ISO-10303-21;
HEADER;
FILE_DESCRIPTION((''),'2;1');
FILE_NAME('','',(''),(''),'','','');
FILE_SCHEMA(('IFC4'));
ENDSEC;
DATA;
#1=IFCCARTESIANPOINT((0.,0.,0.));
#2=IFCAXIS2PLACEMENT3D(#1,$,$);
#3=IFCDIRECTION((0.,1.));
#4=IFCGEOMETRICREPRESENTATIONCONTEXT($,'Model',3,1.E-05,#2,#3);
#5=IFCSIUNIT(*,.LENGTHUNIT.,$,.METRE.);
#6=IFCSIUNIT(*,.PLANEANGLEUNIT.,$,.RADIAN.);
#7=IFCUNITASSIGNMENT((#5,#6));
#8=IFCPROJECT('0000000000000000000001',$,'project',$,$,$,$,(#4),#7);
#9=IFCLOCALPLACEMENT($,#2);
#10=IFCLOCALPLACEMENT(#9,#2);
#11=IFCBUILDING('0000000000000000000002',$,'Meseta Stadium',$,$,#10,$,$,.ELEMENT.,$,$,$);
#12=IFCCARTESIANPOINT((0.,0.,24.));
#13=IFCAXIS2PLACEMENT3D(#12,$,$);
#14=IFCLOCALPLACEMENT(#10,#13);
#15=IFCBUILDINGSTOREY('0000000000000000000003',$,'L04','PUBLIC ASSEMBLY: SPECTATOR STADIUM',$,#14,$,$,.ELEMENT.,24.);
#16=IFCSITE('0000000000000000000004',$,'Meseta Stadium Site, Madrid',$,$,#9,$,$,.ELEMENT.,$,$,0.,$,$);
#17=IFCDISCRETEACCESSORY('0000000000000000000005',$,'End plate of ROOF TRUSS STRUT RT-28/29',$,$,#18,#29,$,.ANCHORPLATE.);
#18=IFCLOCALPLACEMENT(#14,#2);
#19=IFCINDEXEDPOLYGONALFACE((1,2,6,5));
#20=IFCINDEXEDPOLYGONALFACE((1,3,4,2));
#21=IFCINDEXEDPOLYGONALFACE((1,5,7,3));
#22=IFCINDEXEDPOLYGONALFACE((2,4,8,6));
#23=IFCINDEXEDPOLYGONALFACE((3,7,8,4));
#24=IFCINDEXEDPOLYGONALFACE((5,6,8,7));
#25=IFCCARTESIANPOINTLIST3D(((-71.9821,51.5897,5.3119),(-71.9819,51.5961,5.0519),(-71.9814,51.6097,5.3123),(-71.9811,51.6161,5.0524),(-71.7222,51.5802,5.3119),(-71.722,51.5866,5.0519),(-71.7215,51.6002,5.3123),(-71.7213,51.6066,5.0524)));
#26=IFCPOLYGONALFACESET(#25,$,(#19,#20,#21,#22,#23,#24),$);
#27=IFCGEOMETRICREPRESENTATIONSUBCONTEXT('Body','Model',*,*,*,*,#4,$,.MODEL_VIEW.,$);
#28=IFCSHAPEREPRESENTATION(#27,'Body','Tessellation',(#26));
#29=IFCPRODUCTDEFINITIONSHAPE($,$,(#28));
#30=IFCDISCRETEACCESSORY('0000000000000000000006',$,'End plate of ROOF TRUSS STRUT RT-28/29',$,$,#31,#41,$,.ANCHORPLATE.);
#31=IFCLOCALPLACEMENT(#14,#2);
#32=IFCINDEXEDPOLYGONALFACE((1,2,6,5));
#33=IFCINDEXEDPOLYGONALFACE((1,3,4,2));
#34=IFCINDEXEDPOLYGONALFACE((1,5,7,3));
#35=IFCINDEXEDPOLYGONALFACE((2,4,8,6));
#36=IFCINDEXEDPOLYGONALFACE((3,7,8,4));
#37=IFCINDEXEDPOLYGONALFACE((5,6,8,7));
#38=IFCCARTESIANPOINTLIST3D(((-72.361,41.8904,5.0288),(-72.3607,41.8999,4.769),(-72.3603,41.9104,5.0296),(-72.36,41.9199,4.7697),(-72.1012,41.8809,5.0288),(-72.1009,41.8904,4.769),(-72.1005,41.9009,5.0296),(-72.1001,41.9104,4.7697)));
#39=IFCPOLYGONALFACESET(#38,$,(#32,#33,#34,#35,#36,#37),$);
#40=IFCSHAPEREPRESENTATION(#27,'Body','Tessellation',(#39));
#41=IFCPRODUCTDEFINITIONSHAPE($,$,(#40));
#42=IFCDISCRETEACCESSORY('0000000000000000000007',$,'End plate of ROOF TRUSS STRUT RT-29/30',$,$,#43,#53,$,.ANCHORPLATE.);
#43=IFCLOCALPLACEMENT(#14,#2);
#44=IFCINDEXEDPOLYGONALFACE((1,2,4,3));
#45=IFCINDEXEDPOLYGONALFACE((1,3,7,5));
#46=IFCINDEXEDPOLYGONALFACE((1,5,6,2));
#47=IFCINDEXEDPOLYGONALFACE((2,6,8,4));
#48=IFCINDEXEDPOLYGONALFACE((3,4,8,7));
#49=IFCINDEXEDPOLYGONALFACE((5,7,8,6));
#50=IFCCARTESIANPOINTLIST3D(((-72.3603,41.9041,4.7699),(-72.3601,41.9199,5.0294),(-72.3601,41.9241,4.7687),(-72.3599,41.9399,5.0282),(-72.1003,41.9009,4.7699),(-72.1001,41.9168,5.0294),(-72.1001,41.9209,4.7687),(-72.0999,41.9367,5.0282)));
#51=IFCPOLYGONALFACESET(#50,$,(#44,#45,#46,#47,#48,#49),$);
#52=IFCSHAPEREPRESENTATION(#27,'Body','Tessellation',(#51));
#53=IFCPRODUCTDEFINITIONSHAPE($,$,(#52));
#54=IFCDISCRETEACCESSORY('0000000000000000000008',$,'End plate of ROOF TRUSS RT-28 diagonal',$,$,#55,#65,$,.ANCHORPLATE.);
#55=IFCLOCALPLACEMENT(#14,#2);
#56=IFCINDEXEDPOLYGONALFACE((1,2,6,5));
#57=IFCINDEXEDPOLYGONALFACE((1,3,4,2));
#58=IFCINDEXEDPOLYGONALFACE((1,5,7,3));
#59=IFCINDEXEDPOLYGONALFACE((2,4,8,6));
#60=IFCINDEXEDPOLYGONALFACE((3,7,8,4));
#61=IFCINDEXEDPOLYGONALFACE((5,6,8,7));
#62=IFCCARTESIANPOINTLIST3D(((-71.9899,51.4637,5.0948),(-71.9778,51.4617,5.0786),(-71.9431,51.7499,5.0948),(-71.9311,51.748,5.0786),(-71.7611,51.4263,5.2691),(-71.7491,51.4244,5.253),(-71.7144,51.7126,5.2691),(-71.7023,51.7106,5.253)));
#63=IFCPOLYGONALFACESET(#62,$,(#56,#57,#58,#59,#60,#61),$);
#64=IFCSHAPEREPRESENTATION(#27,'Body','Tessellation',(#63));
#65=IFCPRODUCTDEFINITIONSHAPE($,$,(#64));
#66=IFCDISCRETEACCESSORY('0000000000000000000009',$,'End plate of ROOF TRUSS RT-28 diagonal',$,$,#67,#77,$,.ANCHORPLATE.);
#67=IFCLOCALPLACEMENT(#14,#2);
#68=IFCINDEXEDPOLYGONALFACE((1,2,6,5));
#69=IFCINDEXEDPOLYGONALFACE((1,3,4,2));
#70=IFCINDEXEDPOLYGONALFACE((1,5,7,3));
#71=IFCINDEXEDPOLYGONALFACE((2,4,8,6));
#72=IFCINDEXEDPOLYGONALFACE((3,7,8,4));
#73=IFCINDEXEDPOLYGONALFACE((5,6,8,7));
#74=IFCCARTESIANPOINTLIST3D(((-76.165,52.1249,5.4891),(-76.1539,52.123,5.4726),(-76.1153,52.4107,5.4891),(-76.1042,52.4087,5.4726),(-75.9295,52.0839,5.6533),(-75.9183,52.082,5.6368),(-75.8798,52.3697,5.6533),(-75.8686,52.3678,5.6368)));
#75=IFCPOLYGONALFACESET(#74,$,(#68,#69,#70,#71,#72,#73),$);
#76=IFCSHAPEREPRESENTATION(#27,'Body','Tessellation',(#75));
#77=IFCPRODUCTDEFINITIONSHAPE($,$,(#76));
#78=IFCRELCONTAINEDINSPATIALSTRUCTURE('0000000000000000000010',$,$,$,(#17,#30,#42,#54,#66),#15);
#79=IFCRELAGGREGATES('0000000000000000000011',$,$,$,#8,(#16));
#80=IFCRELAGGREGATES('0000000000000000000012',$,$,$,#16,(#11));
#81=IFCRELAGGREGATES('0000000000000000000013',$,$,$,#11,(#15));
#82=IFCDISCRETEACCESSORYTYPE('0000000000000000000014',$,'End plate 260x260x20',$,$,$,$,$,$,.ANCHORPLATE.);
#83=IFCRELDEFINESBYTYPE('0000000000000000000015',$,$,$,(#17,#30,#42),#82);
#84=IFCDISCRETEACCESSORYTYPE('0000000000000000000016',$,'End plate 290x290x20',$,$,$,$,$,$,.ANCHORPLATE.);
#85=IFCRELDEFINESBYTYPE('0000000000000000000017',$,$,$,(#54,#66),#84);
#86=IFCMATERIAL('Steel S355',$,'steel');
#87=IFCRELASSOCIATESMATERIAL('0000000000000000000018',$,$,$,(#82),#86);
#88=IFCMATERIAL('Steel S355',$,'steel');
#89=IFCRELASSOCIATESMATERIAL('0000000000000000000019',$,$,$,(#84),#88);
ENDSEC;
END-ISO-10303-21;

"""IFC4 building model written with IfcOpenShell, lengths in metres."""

from ifc_helpers import new_model, si_unit, direction, frame, origin, origin_2d, place, context, subcontext, project, spatial, rectangle, extrude, material, material_profile, profile_set, type_object, element, save


model = new_model("IFC4")

# Units and contexts
model_context = context("Model", 3, precision=1e-05, world=origin(), true_north=direction((0.0, 1.0)))
body_context = subcontext(model_context, "Body", "Model", "MODEL_VIEW")
ifc_project = project(units=[si_unit("LENGTHUNIT", "METRE"), si_unit("PLANEANGLEUNIT", "RADIAN")], contexts=[model_context])

# Site, building, storey
site_placement = place(None, origin())
site = spatial("IfcSite", under=ifc_project, at=site_placement, Name="Meseta Stadium Site, Madrid", CompositionType="ELEMENT", RefElevation=0.0)
building_placement = place(site_placement, origin())
building = spatial("IfcBuilding", under=site, at=building_placement, Name="Meseta Stadium", CompositionType="ELEMENT")
storey_placement = place(building_placement, frame((0.0, 0.0, 24.0)))
storey = spatial("IfcBuildingStorey", under=building, at=storey_placement, Name="L04", Description="PUBLIC ASSEMBLY: SPECTATOR STADIUM", CompositionType="ELEMENT", Elevation=24.0)

# Discrete accessories
ifc_material_1 = material(Name="Steel S355", Category="steel")
ifc_material_profile_1 = material_profile(ifc_material_1, rectangle(XDim=0.26, YDim=0.26, at=origin_2d()), Name="PL 260x260")
ifc_profile_set_1 = profile_set([ifc_material_profile_1], Name="Steel S355")
discrete_accessory_type_1 = type_object("IfcDiscreteAccessoryType", Name="End plate 260x260x20", PredefinedType="ANCHORPLATE", material=ifc_profile_set_1)
for number, where, z_axis, x_axis, name in (
    (1, (-71.8513, 51.6082, 5.1824), (-0.03655, -0.999035, -0.024367), (0.999331, -0.036561, 0.0), "End plate of ROOF TRUSS STRUT RT-28/29"),
    (2, (-72.2302, 41.9104, 4.8997), (-0.036536, -0.998664, -0.036536), (0.999331, -0.036561, 0.0), "End plate of ROOF TRUSS STRUT RT-28/29"),
    (3, (-72.23, 41.9304, 4.8984), (-0.012172, -0.998072, 0.060858), (0.999926, -0.012194, 0.0), "End plate of ROOF TRUSS STRUT RT-29/30"),
):
    element("IfcDiscreteAccessory", number, at=place(storey_placement, frame(where, z_axis=z_axis, x_axis=x_axis)), inside=storey, type_object=discrete_accessory_type_1, Name=name, PredefinedType="ANCHORPLATE", context=body_context, shape_type="SweptSolid", body=[
        extrude(rectangle(XDim=0.26, YDim=0.26, at=origin_2d()), origin(), (0.0, 0.0, 1.0), 0.02),
    ])
ifc_material_2 = material(Name="Steel S355", Category="steel")
ifc_material_profile_2 = material_profile(ifc_material_2, rectangle(XDim=0.29, YDim=0.29, at=origin_2d()), Name="PL 290x290")
ifc_profile_set_2 = profile_set([ifc_material_profile_2], Name="Steel S355")
discrete_accessory_type_2 = type_object("IfcDiscreteAccessoryType", Name="End plate 290x290x20", PredefinedType="ANCHORPLATE", material=ifc_profile_set_2)
discrete_accessory_1_placement = place(storey_placement, frame((-71.8401, 51.5862, 5.1658), z_axis=(-0.593297, 0.096865, 0.799135), x_axis=(-0.161132, -0.986933, 0.0)))
element("IfcDiscreteAccessory", 4, at=discrete_accessory_1_placement, inside=storey, type_object=discrete_accessory_type_2, Name="End plate of ROOF TRUSS RT-28 diagonal", PredefinedType="ANCHORPLATE", context=body_context, shape_type="SweptSolid", body=[
    extrude(rectangle(XDim=0.29, YDim=0.29, at=origin_2d()), origin(), (0.0, 0.0, 1.0), 0.0203),
])
discrete_accessory_2_placement = place(storey_placement, frame((-76.0112, 52.2454, 5.5547), z_axis=(-0.557668, 0.096986, 0.824379), x_axis=(-0.171341, -0.985212, 0.0)))
element("IfcDiscreteAccessory", 5, at=discrete_accessory_2_placement, inside=storey, type_object=discrete_accessory_type_2, Name="End plate of ROOF TRUSS RT-28 diagonal", PredefinedType="ANCHORPLATE", context=body_context, shape_type="SweptSolid", body=[
    extrude(rectangle(XDim=0.29, YDim=0.29, at=origin_2d()), origin(), (0.0, 0.0, 1.0), 0.02),
])

save(model, "model.ifc")
